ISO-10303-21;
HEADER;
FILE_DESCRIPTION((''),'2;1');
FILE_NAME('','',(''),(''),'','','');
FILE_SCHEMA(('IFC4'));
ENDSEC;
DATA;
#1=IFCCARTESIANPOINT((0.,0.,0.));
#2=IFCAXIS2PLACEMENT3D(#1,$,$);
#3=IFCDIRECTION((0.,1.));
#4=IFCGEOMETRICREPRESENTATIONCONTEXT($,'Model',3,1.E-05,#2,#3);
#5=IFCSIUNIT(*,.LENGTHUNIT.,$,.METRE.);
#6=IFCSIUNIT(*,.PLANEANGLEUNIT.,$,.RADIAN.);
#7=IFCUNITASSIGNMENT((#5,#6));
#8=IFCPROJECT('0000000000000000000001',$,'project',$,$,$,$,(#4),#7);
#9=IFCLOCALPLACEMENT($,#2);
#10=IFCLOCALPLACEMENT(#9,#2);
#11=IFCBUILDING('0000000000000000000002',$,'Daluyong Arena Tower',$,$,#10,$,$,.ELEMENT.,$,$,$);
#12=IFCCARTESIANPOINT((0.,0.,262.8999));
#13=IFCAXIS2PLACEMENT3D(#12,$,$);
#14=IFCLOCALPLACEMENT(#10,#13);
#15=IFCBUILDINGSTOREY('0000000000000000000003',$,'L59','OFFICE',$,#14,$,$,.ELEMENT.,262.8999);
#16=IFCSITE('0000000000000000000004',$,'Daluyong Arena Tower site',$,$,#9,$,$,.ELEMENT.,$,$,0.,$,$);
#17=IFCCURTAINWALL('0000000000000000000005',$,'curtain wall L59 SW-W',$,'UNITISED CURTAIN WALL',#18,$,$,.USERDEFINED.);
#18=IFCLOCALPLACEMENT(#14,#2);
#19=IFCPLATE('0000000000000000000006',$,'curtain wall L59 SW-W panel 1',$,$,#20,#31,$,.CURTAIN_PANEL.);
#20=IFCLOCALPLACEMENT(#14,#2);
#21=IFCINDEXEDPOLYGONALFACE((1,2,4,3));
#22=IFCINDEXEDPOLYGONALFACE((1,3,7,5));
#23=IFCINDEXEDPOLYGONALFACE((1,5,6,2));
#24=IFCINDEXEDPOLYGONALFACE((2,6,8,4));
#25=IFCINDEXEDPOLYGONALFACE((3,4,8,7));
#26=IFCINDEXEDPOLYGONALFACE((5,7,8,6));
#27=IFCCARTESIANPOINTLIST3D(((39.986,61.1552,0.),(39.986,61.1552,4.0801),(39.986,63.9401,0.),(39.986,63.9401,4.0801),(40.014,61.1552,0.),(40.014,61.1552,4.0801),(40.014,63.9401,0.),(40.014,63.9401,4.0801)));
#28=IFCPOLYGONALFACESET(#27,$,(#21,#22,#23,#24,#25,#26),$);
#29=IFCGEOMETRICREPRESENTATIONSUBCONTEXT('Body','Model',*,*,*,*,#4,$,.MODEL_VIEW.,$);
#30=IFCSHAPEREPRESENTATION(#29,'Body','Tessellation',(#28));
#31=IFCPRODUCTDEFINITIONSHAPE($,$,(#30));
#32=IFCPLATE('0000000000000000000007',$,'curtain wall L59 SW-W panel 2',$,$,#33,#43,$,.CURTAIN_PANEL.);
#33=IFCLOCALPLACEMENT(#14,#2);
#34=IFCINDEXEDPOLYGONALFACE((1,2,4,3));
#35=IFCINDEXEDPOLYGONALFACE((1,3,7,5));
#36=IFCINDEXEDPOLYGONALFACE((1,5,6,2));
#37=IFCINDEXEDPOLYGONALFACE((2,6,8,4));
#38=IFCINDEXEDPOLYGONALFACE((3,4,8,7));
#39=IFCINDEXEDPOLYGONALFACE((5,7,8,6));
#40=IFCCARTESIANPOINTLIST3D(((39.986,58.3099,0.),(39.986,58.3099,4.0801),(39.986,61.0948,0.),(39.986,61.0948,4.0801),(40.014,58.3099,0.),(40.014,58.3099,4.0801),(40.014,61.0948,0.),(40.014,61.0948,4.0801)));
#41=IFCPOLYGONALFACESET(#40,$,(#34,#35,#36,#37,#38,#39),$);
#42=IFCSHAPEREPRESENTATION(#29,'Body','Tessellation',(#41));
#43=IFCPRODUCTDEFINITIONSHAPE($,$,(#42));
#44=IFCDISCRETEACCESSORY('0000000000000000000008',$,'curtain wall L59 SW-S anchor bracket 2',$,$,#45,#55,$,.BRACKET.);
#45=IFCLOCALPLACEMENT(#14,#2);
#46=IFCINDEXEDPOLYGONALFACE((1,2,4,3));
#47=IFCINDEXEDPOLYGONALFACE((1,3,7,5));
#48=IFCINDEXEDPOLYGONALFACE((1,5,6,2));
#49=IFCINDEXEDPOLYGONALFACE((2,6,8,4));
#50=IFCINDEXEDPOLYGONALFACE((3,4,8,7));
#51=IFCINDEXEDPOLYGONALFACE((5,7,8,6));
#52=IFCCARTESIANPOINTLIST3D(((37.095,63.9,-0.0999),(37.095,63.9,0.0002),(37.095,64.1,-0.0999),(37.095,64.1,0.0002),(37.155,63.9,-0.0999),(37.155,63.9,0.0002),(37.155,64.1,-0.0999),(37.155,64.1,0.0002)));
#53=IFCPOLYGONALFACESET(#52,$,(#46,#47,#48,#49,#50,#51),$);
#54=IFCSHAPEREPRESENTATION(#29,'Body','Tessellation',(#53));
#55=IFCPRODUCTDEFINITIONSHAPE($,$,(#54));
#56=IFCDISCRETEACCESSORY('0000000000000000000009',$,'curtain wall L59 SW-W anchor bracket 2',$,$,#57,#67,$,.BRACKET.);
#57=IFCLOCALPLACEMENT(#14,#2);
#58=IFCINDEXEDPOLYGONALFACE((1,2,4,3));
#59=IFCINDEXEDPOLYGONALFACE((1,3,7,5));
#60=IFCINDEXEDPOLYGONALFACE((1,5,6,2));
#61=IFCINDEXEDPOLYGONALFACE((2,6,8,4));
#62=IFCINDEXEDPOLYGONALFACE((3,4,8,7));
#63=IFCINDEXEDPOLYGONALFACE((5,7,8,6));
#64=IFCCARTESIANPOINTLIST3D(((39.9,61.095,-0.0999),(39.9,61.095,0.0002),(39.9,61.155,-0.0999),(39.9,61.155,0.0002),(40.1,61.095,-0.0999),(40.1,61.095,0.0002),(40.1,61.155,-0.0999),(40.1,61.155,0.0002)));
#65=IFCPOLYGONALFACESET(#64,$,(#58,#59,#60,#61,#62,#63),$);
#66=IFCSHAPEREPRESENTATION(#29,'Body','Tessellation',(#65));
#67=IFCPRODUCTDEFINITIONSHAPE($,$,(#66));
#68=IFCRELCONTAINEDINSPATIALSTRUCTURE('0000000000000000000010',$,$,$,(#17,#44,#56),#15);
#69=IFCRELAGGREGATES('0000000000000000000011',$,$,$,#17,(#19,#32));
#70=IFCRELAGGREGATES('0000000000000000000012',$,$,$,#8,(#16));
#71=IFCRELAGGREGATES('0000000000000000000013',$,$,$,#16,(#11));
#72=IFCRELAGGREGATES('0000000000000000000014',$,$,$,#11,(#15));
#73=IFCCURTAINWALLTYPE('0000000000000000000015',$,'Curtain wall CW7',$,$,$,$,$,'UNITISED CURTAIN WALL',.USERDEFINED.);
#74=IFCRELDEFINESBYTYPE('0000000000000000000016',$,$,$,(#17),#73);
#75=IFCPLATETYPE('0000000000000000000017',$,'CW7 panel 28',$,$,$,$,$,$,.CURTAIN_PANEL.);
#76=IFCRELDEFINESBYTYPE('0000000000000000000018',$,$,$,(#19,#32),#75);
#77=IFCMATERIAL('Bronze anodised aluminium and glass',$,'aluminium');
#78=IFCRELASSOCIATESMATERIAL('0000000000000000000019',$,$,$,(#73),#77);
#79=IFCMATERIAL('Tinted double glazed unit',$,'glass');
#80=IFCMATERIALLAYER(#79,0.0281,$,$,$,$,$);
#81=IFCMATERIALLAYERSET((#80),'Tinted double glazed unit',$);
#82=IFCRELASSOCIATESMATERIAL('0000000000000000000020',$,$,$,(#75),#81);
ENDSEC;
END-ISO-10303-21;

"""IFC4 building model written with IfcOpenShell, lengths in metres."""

from ifc_helpers import new_model, si_unit, direction, frame, origin, origin_2d, place, context, subcontext, project, spatial, rectangle, extrude, material, layer, layer_set, type_object, element, aggregate, save


model = new_model("IFC4")

# Units and contexts
model_context = context("Model", 3, precision=1e-05, world=origin(), true_north=direction((0.0, 1.0)))
body_context = subcontext(model_context, "Body", "Model", "MODEL_VIEW")
ifc_project = project(units=[si_unit("LENGTHUNIT", "METRE"), si_unit("PLANEANGLEUNIT", "RADIAN")], contexts=[model_context])

# Site, building, storey
site_placement = place(None, origin())
site = spatial("IfcSite", under=ifc_project, at=site_placement, Name="Daluyong Arena Tower site", CompositionType="ELEMENT", RefElevation=0.0)
building_placement = place(site_placement, origin())
building = spatial("IfcBuilding", under=site, at=building_placement, Name="Daluyong Arena Tower", CompositionType="ELEMENT")
storey_placement = place(building_placement, frame((0.0, 0.0, 262.8999)))
storey = spatial("IfcBuildingStorey", under=building, at=storey_placement, Name="L59", Description="OFFICE", CompositionType="ELEMENT", Elevation=262.8999)

# Curtain wall
ifc_material_1 = material(Name="Bronze anodised aluminium and glass", Category="aluminium")
curtain_wall_type = type_object("IfcCurtainWallType", Name="Curtain wall CW7", ElementType="UNITISED CURTAIN WALL", PredefinedType="USERDEFINED", material=ifc_material_1)
curtain_wall_1_placement = place(storey_placement, origin())
curtain_wall_1 = element("IfcCurtainWall", 1, at=curtain_wall_1_placement, inside=storey, type_object=curtain_wall_type, Name="curtain wall L59 SW-W", ObjectType="UNITISED CURTAIN WALL", PredefinedType="USERDEFINED")

# Plates
ifc_material_2 = material(Name="Tinted double glazed unit", Category="glass")
ifc_layer = layer(ifc_material_2, 0.0281)
ifc_layer_set = layer_set([ifc_layer], Name="Tinted double glazed unit")
plate_type = type_object("IfcPlateType", Name="CW7 panel 28", PredefinedType="CURTAIN_PANEL", material=ifc_layer_set)
plate_1_placement = place(storey_placement, frame((40.0, 62.5476, 0.0), z_axis=(0.0, 0.0, 1.0), x_axis=(0.0, -1.0, 0.0)))
plate_1 = element("IfcPlate", 2, at=plate_1_placement, type_object=plate_type, Name="curtain wall L59 SW-W panel 1", PredefinedType="CURTAIN_PANEL", context=body_context, shape_type="SweptSolid", body=[
    extrude(rectangle(XDim=2.7849, YDim=0.0281, at=origin_2d()), origin(), (0.0, 0.0, 1.0), 4.0801),
])
plate_2_placement = place(storey_placement, frame((40.0, 59.7024, 0.0), z_axis=(0.0, 0.0, 1.0), x_axis=(0.0, -1.0, 0.0)))
plate_2 = element("IfcPlate", 3, at=plate_2_placement, type_object=plate_type, Name="curtain wall L59 SW-W panel 2", PredefinedType="CURTAIN_PANEL", context=body_context, shape_type="SweptSolid", body=[
    extrude(rectangle(XDim=2.7849, YDim=0.0281, at=origin_2d()), origin(), (0.0, 0.0, 1.0), 4.0801),
])
aggregate(curtain_wall_1, [plate_1, plate_2])

# Discrete accessories
for number, where, z_axis, x_axis, name in (
    (4, (37.125, 64.0, -0.0999), (0.0, 0.0, 1.0), (1.0, 0.0, 0.0), "curtain wall L59 SW-S anchor bracket 2"),
    (5, (40.0, 61.125, -0.0999), (0.0, 0.0, 1.0), (0.0, -1.0, 0.0), "curtain wall L59 SW-W anchor bracket 2"),
):
    element("IfcDiscreteAccessory", number, at=place(storey_placement, frame(where, z_axis=z_axis, x_axis=x_axis)), inside=storey, Name=name, PredefinedType="BRACKET", context=body_context, shape_type="SweptSolid", body=[
        extrude(rectangle(XDim=0.0601, YDim=0.2, at=origin_2d()), origin(), (0.0, 0.0, 1.0), 0.1001),
    ])

save(model, "model.ifc")
